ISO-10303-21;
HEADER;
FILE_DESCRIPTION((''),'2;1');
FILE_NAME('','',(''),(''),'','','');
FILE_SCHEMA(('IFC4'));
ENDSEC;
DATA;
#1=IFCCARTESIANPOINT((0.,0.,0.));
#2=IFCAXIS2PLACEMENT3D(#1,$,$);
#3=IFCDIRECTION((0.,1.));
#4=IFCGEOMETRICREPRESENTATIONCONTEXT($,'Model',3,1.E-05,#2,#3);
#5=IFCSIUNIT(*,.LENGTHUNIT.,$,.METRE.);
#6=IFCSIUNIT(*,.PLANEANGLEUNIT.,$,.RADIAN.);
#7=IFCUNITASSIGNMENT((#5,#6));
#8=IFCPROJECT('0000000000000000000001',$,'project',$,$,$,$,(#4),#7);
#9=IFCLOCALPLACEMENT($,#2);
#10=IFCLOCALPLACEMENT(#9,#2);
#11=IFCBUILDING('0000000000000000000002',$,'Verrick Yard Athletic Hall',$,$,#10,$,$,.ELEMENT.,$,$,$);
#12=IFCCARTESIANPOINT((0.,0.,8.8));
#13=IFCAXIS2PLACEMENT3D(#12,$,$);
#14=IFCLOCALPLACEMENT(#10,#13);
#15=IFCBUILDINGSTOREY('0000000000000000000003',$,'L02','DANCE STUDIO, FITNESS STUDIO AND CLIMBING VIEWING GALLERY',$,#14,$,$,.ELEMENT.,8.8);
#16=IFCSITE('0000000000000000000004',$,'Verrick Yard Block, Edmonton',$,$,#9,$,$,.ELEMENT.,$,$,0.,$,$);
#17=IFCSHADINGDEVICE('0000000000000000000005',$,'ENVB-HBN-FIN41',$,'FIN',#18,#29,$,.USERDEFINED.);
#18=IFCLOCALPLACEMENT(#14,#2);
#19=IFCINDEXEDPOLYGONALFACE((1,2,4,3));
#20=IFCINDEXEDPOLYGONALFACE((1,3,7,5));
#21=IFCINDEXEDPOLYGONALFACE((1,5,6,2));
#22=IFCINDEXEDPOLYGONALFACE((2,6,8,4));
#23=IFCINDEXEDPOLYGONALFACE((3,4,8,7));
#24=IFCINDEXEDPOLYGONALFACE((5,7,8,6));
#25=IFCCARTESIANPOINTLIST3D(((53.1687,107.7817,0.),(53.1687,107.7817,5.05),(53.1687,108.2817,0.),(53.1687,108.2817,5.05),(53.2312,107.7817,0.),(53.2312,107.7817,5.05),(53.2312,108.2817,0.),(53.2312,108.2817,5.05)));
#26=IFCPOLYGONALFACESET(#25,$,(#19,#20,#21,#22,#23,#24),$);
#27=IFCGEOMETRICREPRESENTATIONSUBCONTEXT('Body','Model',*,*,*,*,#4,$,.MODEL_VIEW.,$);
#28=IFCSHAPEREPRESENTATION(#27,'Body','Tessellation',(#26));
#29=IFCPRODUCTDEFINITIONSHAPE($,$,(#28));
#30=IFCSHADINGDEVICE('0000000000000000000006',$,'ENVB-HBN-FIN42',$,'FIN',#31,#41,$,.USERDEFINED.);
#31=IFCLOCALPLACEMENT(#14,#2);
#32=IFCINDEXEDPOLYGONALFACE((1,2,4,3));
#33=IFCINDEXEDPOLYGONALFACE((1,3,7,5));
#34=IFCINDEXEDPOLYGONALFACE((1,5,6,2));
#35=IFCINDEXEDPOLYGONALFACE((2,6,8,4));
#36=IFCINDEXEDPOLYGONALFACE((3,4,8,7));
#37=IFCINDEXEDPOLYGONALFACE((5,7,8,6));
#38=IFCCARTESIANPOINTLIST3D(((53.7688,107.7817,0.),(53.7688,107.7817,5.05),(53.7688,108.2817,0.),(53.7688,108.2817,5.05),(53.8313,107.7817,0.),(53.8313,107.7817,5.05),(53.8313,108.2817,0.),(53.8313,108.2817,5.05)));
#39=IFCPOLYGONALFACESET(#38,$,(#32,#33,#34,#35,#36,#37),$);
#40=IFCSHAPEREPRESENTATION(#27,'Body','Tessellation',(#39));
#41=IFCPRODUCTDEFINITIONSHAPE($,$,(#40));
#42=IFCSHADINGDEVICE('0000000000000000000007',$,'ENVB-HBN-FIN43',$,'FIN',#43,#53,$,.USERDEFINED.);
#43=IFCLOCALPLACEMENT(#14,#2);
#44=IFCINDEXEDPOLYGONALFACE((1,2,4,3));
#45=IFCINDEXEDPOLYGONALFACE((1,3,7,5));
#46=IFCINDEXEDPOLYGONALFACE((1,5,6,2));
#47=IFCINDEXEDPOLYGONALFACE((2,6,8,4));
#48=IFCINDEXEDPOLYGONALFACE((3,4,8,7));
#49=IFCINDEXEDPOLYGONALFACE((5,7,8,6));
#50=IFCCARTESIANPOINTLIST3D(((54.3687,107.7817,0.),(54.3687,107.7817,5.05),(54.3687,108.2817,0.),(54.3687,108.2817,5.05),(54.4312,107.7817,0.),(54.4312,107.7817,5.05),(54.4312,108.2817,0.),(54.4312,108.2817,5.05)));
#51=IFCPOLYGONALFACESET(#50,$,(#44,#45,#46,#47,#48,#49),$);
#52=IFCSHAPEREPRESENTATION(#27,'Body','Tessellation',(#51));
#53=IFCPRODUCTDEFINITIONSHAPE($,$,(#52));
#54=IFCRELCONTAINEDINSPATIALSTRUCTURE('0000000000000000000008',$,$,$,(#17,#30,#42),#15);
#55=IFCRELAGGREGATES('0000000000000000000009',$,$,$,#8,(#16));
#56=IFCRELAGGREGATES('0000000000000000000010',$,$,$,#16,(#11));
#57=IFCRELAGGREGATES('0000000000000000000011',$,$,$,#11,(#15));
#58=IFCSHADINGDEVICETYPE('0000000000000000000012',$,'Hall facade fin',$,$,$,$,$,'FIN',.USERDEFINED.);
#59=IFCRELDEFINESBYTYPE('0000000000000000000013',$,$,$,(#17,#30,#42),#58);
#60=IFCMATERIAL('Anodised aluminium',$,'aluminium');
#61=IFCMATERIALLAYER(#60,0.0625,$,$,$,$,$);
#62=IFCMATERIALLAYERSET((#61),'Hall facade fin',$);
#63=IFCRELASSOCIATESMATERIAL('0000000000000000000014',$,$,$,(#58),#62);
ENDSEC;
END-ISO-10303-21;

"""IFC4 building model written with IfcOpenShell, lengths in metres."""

from ifc_helpers import new_model, si_unit, direction, frame, origin, place, context, subcontext, project, spatial, polyline, outline, extrude, material, layer, layer_set, type_object, element, save


model = new_model("IFC4")

# Units and contexts
model_context = context("Model", 3, precision=1e-05, world=origin(), true_north=direction((0.0, 1.0)))
body_context = subcontext(model_context, "Body", "Model", "MODEL_VIEW")
ifc_project = project(units=[si_unit("LENGTHUNIT", "METRE"), si_unit("PLANEANGLEUNIT", "RADIAN")], contexts=[model_context])

# Site, building, storey
site_placement = place(None, origin())
site = spatial("IfcSite", under=ifc_project, at=site_placement, Name="Verrick Yard Block, Edmonton", CompositionType="ELEMENT", RefElevation=0.0)
building_placement = place(site_placement, origin())
building = spatial("IfcBuilding", under=site, at=building_placement, Name="Verrick Yard Athletic Hall", CompositionType="ELEMENT")
storey_placement = place(building_placement, frame((0.0, 0.0, 8.8)))
storey = spatial("IfcBuildingStorey", under=building, at=storey_placement, Name="L02", Description="DANCE STUDIO, FITNESS STUDIO AND CLIMBING VIEWING GALLERY", CompositionType="ELEMENT", Elevation=8.8)

# Shared definitions
ifc_material_1 = material(Name="Anodised aluminium", Category="aluminium")

# Shading devices
ifc_layer_1 = layer(ifc_material_1, 0.0625)
ifc_layer_set_1 = layer_set([ifc_layer_1], Name="Hall facade fin")
shading_device_type = type_object("IfcShadingDeviceType", Name="Hall facade fin", ElementType="FIN", PredefinedType="USERDEFINED", material=ifc_layer_set_1)
for number, where, z_axis, x_axis, name in (
    (1, (53.2, 107.7817, 0.0), (0.0, 0.0, 1.0), (0.0, 1.0, 0.0), "ENVB-HBN-FIN41"),
    (2, (53.8, 107.7817, 0.0), (0.0, 0.0, 1.0), (0.0, 1.0, 0.0), "ENVB-HBN-FIN42"),
    (3, (54.3999, 107.7817, 0.0), (0.0, 0.0, 1.0), (0.0, 1.0, 0.0), "ENVB-HBN-FIN43"),
):
    element("IfcShadingDevice", number, at=place(storey_placement, frame(where, z_axis=z_axis, x_axis=x_axis)), inside=storey, type_object=shading_device_type, Name=name, ObjectType="FIN", PredefinedType="USERDEFINED", context=body_context, shape_type="SweptSolid", body=[
        extrude(outline(polyline([(0.0, 0.0), (0.5, 0.0), (0.5, 5.05), (0.0, 5.05), (0.0, 0.0)])), frame((0.0, 0.0312, 0.0), z_axis=(0.0, -1.0, 0.0), x_axis=(1.0, 0.0, 0.0)), (0.0, 0.0, 1.0), 0.0625),
    ])

save(model, "model.ifc")
